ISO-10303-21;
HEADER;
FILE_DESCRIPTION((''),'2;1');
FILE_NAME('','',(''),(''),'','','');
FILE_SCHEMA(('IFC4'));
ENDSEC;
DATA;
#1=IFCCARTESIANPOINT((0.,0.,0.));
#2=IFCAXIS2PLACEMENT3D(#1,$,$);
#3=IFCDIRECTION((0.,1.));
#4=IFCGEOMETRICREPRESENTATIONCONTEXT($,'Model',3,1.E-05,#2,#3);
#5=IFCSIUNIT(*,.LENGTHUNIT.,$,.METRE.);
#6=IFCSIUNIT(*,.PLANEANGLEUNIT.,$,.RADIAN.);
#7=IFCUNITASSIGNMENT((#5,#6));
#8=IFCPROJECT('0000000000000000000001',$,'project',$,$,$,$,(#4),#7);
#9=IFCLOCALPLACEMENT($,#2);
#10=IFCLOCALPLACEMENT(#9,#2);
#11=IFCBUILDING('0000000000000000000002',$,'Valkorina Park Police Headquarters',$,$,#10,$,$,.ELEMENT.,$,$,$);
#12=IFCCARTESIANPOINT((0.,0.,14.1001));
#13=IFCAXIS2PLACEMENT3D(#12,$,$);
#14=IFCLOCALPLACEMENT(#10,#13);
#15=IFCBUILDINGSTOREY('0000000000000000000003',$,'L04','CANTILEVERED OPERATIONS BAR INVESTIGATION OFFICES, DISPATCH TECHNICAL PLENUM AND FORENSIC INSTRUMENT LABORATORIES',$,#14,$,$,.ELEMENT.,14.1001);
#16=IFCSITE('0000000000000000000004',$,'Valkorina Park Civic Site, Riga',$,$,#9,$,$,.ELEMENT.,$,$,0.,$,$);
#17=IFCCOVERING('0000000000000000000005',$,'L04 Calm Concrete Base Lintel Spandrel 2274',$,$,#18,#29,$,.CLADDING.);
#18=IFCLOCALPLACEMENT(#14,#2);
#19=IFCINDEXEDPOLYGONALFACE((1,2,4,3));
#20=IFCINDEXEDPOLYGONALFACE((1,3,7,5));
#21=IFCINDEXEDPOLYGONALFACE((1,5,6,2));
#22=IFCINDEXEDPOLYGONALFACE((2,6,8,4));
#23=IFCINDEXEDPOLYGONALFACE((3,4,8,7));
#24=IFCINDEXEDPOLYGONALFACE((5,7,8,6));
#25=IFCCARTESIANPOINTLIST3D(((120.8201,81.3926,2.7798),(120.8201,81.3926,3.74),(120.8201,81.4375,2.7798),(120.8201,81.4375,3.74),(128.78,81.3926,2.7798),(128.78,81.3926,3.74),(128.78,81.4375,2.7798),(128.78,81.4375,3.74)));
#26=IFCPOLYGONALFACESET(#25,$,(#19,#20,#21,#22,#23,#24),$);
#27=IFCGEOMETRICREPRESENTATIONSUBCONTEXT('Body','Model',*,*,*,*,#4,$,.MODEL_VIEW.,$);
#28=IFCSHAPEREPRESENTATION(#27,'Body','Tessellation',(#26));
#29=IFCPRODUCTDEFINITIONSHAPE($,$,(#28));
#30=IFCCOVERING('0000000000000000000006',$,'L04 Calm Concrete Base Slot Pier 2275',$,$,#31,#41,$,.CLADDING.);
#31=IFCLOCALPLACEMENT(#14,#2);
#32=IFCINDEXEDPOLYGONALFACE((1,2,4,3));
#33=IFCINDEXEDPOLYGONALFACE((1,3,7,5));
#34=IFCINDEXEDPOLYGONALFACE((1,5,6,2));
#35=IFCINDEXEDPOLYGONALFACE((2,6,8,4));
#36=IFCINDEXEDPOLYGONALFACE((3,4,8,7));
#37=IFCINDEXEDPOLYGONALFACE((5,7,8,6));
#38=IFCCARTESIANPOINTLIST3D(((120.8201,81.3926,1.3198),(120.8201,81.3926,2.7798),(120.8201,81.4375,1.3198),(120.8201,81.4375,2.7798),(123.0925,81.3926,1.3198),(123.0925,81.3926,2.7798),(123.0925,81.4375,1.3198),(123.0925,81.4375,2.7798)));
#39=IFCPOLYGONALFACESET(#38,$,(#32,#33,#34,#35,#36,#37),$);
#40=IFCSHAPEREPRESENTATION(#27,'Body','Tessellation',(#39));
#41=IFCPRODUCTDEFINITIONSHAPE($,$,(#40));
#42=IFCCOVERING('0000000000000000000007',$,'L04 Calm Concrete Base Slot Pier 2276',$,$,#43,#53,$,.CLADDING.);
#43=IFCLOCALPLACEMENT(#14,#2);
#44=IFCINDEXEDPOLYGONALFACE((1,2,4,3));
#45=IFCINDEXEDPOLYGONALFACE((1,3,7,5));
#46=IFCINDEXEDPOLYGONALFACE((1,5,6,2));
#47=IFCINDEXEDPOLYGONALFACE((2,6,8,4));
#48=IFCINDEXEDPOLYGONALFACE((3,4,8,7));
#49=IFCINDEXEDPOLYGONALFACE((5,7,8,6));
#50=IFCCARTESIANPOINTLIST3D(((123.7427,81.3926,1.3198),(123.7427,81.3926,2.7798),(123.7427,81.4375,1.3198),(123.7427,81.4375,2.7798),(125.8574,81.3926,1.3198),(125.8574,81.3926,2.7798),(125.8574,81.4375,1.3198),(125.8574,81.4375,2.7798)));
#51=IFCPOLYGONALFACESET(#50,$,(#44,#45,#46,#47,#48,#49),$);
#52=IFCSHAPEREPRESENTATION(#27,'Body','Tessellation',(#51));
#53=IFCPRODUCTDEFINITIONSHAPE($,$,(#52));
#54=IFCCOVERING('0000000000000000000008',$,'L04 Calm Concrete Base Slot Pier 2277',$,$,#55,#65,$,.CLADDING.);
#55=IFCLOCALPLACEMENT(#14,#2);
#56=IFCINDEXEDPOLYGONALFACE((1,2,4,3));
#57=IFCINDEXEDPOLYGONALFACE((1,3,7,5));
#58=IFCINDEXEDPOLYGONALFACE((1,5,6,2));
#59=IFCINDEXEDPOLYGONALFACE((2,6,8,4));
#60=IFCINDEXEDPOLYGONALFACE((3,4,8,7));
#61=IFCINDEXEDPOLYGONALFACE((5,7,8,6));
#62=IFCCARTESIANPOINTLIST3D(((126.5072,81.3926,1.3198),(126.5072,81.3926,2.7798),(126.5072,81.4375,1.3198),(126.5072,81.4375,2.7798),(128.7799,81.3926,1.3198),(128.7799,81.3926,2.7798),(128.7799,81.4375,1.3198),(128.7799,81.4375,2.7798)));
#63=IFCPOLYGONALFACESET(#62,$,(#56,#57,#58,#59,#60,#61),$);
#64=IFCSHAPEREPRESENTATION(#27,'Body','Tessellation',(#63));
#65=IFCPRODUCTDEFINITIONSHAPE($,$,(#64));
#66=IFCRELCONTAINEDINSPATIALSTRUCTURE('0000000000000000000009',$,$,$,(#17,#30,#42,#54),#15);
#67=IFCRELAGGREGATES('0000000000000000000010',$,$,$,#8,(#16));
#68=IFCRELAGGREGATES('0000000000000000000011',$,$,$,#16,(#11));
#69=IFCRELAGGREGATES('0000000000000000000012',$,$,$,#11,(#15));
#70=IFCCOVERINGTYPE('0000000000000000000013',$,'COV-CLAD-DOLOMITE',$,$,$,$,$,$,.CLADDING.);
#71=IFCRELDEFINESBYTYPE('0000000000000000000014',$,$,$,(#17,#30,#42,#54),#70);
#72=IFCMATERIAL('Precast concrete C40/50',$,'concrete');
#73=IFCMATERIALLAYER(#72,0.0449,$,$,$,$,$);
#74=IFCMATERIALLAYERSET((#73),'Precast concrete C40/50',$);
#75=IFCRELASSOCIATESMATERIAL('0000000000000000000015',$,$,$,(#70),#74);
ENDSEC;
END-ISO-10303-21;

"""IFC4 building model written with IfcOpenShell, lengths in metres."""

from ifc_helpers import new_model, si_unit, direction, frame, frame_2d, origin, place, context, subcontext, project, spatial, rectangle, extrude, material, layer, layer_set, type_object, element, save


model = new_model("IFC4")

# Units and contexts
model_context = context("Model", 3, precision=1e-05, world=origin(), true_north=direction((0.0, 1.0)))
body_context = subcontext(model_context, "Body", "Model", "MODEL_VIEW")
ifc_project = project(units=[si_unit("LENGTHUNIT", "METRE"), si_unit("PLANEANGLEUNIT", "RADIAN")], contexts=[model_context])

# Site, building, storey
site_placement = place(None, origin())
site = spatial("IfcSite", under=ifc_project, at=site_placement, Name="Valkorina Park Civic Site, Riga", CompositionType="ELEMENT", RefElevation=0.0)
building_placement = place(site_placement, origin())
building = spatial("IfcBuilding", under=site, at=building_placement, Name="Valkorina Park Police Headquarters", CompositionType="ELEMENT")
storey_placement = place(building_placement, frame((0.0, 0.0, 14.1001)))
storey = spatial("IfcBuildingStorey", under=building, at=storey_placement, Name="L04", Description="CANTILEVERED OPERATIONS BAR INVESTIGATION OFFICES, DISPATCH TECHNICAL PLENUM AND FORENSIC INSTRUMENT LABORATORIES", CompositionType="ELEMENT", Elevation=14.1001)

# Shared definitions
ifc_material_1 = material(Name="Precast concrete C40/50", Category="concrete")

# Coverings
ifc_layer_1 = layer(ifc_material_1, 0.0449)
ifc_layer_set_1 = layer_set([ifc_layer_1], Name="Precast concrete C40/50")
covering_type = type_object("IfcCoveringType", Name="COV-CLAD-DOLOMITE", PredefinedType="CLADDING", material=ifc_layer_set_1)
covering_1_placement = place(storey_placement, frame((120.8201, 81.415, 2.7798), z_axis=(0.0, 0.0, 1.0), x_axis=(1.0, 0.0, 0.0)))
element("IfcCovering", 1, at=covering_1_placement, inside=storey, type_object=covering_type, Name="L04 Calm Concrete Base Lintel Spandrel 2274", PredefinedType="CLADDING", context=body_context, shape_type="SweptSolid", body=[
    extrude(rectangle(XDim=7.96, YDim=0.0449, at=frame_2d((3.98, 0.0))), origin(), (0.0, 0.0, 1.0), 0.9602),
])
covering_2_placement = place(storey_placement, frame((120.8201, 81.415, 1.3198), z_axis=(0.0, 0.0, 1.0), x_axis=(1.0, 0.0, 0.0)))
element("IfcCovering", 2, at=covering_2_placement, inside=storey, type_object=covering_type, Name="L04 Calm Concrete Base Slot Pier 2275", PredefinedType="CLADDING", context=body_context, shape_type="SweptSolid", body=[
    extrude(rectangle(XDim=2.2725, YDim=0.0449, at=frame_2d((1.1362, 0.0))), origin(), (0.0, 0.0, 1.0), 1.46),
])
covering_3_placement = place(storey_placement, frame((123.7427, 81.415, 1.3198), z_axis=(0.0, 0.0, 1.0), x_axis=(1.0, 0.0, 0.0)))
element("IfcCovering", 3, at=covering_3_placement, inside=storey, type_object=covering_type, Name="L04 Calm Concrete Base Slot Pier 2276", PredefinedType="CLADDING", context=body_context, shape_type="SweptSolid", body=[
    extrude(rectangle(XDim=2.1147, YDim=0.0449, at=frame_2d((1.0574, 0.0))), origin(), (0.0, 0.0, 1.0), 1.46),
])
covering_4_placement = place(storey_placement, frame((126.5073, 81.415, 1.3198), z_axis=(0.0, 0.0, 1.0), x_axis=(1.0, 0.0, 0.0)))
element("IfcCovering", 4, at=covering_4_placement, inside=storey, type_object=covering_type, Name="L04 Calm Concrete Base Slot Pier 2277", PredefinedType="CLADDING", context=body_context, shape_type="SweptSolid", body=[
    extrude(rectangle(XDim=2.2727, YDim=0.0449, at=frame_2d((1.1362, 0.0))), origin(), (0.0, 0.0, 1.0), 1.46),
])

save(model, "model.ifc")
